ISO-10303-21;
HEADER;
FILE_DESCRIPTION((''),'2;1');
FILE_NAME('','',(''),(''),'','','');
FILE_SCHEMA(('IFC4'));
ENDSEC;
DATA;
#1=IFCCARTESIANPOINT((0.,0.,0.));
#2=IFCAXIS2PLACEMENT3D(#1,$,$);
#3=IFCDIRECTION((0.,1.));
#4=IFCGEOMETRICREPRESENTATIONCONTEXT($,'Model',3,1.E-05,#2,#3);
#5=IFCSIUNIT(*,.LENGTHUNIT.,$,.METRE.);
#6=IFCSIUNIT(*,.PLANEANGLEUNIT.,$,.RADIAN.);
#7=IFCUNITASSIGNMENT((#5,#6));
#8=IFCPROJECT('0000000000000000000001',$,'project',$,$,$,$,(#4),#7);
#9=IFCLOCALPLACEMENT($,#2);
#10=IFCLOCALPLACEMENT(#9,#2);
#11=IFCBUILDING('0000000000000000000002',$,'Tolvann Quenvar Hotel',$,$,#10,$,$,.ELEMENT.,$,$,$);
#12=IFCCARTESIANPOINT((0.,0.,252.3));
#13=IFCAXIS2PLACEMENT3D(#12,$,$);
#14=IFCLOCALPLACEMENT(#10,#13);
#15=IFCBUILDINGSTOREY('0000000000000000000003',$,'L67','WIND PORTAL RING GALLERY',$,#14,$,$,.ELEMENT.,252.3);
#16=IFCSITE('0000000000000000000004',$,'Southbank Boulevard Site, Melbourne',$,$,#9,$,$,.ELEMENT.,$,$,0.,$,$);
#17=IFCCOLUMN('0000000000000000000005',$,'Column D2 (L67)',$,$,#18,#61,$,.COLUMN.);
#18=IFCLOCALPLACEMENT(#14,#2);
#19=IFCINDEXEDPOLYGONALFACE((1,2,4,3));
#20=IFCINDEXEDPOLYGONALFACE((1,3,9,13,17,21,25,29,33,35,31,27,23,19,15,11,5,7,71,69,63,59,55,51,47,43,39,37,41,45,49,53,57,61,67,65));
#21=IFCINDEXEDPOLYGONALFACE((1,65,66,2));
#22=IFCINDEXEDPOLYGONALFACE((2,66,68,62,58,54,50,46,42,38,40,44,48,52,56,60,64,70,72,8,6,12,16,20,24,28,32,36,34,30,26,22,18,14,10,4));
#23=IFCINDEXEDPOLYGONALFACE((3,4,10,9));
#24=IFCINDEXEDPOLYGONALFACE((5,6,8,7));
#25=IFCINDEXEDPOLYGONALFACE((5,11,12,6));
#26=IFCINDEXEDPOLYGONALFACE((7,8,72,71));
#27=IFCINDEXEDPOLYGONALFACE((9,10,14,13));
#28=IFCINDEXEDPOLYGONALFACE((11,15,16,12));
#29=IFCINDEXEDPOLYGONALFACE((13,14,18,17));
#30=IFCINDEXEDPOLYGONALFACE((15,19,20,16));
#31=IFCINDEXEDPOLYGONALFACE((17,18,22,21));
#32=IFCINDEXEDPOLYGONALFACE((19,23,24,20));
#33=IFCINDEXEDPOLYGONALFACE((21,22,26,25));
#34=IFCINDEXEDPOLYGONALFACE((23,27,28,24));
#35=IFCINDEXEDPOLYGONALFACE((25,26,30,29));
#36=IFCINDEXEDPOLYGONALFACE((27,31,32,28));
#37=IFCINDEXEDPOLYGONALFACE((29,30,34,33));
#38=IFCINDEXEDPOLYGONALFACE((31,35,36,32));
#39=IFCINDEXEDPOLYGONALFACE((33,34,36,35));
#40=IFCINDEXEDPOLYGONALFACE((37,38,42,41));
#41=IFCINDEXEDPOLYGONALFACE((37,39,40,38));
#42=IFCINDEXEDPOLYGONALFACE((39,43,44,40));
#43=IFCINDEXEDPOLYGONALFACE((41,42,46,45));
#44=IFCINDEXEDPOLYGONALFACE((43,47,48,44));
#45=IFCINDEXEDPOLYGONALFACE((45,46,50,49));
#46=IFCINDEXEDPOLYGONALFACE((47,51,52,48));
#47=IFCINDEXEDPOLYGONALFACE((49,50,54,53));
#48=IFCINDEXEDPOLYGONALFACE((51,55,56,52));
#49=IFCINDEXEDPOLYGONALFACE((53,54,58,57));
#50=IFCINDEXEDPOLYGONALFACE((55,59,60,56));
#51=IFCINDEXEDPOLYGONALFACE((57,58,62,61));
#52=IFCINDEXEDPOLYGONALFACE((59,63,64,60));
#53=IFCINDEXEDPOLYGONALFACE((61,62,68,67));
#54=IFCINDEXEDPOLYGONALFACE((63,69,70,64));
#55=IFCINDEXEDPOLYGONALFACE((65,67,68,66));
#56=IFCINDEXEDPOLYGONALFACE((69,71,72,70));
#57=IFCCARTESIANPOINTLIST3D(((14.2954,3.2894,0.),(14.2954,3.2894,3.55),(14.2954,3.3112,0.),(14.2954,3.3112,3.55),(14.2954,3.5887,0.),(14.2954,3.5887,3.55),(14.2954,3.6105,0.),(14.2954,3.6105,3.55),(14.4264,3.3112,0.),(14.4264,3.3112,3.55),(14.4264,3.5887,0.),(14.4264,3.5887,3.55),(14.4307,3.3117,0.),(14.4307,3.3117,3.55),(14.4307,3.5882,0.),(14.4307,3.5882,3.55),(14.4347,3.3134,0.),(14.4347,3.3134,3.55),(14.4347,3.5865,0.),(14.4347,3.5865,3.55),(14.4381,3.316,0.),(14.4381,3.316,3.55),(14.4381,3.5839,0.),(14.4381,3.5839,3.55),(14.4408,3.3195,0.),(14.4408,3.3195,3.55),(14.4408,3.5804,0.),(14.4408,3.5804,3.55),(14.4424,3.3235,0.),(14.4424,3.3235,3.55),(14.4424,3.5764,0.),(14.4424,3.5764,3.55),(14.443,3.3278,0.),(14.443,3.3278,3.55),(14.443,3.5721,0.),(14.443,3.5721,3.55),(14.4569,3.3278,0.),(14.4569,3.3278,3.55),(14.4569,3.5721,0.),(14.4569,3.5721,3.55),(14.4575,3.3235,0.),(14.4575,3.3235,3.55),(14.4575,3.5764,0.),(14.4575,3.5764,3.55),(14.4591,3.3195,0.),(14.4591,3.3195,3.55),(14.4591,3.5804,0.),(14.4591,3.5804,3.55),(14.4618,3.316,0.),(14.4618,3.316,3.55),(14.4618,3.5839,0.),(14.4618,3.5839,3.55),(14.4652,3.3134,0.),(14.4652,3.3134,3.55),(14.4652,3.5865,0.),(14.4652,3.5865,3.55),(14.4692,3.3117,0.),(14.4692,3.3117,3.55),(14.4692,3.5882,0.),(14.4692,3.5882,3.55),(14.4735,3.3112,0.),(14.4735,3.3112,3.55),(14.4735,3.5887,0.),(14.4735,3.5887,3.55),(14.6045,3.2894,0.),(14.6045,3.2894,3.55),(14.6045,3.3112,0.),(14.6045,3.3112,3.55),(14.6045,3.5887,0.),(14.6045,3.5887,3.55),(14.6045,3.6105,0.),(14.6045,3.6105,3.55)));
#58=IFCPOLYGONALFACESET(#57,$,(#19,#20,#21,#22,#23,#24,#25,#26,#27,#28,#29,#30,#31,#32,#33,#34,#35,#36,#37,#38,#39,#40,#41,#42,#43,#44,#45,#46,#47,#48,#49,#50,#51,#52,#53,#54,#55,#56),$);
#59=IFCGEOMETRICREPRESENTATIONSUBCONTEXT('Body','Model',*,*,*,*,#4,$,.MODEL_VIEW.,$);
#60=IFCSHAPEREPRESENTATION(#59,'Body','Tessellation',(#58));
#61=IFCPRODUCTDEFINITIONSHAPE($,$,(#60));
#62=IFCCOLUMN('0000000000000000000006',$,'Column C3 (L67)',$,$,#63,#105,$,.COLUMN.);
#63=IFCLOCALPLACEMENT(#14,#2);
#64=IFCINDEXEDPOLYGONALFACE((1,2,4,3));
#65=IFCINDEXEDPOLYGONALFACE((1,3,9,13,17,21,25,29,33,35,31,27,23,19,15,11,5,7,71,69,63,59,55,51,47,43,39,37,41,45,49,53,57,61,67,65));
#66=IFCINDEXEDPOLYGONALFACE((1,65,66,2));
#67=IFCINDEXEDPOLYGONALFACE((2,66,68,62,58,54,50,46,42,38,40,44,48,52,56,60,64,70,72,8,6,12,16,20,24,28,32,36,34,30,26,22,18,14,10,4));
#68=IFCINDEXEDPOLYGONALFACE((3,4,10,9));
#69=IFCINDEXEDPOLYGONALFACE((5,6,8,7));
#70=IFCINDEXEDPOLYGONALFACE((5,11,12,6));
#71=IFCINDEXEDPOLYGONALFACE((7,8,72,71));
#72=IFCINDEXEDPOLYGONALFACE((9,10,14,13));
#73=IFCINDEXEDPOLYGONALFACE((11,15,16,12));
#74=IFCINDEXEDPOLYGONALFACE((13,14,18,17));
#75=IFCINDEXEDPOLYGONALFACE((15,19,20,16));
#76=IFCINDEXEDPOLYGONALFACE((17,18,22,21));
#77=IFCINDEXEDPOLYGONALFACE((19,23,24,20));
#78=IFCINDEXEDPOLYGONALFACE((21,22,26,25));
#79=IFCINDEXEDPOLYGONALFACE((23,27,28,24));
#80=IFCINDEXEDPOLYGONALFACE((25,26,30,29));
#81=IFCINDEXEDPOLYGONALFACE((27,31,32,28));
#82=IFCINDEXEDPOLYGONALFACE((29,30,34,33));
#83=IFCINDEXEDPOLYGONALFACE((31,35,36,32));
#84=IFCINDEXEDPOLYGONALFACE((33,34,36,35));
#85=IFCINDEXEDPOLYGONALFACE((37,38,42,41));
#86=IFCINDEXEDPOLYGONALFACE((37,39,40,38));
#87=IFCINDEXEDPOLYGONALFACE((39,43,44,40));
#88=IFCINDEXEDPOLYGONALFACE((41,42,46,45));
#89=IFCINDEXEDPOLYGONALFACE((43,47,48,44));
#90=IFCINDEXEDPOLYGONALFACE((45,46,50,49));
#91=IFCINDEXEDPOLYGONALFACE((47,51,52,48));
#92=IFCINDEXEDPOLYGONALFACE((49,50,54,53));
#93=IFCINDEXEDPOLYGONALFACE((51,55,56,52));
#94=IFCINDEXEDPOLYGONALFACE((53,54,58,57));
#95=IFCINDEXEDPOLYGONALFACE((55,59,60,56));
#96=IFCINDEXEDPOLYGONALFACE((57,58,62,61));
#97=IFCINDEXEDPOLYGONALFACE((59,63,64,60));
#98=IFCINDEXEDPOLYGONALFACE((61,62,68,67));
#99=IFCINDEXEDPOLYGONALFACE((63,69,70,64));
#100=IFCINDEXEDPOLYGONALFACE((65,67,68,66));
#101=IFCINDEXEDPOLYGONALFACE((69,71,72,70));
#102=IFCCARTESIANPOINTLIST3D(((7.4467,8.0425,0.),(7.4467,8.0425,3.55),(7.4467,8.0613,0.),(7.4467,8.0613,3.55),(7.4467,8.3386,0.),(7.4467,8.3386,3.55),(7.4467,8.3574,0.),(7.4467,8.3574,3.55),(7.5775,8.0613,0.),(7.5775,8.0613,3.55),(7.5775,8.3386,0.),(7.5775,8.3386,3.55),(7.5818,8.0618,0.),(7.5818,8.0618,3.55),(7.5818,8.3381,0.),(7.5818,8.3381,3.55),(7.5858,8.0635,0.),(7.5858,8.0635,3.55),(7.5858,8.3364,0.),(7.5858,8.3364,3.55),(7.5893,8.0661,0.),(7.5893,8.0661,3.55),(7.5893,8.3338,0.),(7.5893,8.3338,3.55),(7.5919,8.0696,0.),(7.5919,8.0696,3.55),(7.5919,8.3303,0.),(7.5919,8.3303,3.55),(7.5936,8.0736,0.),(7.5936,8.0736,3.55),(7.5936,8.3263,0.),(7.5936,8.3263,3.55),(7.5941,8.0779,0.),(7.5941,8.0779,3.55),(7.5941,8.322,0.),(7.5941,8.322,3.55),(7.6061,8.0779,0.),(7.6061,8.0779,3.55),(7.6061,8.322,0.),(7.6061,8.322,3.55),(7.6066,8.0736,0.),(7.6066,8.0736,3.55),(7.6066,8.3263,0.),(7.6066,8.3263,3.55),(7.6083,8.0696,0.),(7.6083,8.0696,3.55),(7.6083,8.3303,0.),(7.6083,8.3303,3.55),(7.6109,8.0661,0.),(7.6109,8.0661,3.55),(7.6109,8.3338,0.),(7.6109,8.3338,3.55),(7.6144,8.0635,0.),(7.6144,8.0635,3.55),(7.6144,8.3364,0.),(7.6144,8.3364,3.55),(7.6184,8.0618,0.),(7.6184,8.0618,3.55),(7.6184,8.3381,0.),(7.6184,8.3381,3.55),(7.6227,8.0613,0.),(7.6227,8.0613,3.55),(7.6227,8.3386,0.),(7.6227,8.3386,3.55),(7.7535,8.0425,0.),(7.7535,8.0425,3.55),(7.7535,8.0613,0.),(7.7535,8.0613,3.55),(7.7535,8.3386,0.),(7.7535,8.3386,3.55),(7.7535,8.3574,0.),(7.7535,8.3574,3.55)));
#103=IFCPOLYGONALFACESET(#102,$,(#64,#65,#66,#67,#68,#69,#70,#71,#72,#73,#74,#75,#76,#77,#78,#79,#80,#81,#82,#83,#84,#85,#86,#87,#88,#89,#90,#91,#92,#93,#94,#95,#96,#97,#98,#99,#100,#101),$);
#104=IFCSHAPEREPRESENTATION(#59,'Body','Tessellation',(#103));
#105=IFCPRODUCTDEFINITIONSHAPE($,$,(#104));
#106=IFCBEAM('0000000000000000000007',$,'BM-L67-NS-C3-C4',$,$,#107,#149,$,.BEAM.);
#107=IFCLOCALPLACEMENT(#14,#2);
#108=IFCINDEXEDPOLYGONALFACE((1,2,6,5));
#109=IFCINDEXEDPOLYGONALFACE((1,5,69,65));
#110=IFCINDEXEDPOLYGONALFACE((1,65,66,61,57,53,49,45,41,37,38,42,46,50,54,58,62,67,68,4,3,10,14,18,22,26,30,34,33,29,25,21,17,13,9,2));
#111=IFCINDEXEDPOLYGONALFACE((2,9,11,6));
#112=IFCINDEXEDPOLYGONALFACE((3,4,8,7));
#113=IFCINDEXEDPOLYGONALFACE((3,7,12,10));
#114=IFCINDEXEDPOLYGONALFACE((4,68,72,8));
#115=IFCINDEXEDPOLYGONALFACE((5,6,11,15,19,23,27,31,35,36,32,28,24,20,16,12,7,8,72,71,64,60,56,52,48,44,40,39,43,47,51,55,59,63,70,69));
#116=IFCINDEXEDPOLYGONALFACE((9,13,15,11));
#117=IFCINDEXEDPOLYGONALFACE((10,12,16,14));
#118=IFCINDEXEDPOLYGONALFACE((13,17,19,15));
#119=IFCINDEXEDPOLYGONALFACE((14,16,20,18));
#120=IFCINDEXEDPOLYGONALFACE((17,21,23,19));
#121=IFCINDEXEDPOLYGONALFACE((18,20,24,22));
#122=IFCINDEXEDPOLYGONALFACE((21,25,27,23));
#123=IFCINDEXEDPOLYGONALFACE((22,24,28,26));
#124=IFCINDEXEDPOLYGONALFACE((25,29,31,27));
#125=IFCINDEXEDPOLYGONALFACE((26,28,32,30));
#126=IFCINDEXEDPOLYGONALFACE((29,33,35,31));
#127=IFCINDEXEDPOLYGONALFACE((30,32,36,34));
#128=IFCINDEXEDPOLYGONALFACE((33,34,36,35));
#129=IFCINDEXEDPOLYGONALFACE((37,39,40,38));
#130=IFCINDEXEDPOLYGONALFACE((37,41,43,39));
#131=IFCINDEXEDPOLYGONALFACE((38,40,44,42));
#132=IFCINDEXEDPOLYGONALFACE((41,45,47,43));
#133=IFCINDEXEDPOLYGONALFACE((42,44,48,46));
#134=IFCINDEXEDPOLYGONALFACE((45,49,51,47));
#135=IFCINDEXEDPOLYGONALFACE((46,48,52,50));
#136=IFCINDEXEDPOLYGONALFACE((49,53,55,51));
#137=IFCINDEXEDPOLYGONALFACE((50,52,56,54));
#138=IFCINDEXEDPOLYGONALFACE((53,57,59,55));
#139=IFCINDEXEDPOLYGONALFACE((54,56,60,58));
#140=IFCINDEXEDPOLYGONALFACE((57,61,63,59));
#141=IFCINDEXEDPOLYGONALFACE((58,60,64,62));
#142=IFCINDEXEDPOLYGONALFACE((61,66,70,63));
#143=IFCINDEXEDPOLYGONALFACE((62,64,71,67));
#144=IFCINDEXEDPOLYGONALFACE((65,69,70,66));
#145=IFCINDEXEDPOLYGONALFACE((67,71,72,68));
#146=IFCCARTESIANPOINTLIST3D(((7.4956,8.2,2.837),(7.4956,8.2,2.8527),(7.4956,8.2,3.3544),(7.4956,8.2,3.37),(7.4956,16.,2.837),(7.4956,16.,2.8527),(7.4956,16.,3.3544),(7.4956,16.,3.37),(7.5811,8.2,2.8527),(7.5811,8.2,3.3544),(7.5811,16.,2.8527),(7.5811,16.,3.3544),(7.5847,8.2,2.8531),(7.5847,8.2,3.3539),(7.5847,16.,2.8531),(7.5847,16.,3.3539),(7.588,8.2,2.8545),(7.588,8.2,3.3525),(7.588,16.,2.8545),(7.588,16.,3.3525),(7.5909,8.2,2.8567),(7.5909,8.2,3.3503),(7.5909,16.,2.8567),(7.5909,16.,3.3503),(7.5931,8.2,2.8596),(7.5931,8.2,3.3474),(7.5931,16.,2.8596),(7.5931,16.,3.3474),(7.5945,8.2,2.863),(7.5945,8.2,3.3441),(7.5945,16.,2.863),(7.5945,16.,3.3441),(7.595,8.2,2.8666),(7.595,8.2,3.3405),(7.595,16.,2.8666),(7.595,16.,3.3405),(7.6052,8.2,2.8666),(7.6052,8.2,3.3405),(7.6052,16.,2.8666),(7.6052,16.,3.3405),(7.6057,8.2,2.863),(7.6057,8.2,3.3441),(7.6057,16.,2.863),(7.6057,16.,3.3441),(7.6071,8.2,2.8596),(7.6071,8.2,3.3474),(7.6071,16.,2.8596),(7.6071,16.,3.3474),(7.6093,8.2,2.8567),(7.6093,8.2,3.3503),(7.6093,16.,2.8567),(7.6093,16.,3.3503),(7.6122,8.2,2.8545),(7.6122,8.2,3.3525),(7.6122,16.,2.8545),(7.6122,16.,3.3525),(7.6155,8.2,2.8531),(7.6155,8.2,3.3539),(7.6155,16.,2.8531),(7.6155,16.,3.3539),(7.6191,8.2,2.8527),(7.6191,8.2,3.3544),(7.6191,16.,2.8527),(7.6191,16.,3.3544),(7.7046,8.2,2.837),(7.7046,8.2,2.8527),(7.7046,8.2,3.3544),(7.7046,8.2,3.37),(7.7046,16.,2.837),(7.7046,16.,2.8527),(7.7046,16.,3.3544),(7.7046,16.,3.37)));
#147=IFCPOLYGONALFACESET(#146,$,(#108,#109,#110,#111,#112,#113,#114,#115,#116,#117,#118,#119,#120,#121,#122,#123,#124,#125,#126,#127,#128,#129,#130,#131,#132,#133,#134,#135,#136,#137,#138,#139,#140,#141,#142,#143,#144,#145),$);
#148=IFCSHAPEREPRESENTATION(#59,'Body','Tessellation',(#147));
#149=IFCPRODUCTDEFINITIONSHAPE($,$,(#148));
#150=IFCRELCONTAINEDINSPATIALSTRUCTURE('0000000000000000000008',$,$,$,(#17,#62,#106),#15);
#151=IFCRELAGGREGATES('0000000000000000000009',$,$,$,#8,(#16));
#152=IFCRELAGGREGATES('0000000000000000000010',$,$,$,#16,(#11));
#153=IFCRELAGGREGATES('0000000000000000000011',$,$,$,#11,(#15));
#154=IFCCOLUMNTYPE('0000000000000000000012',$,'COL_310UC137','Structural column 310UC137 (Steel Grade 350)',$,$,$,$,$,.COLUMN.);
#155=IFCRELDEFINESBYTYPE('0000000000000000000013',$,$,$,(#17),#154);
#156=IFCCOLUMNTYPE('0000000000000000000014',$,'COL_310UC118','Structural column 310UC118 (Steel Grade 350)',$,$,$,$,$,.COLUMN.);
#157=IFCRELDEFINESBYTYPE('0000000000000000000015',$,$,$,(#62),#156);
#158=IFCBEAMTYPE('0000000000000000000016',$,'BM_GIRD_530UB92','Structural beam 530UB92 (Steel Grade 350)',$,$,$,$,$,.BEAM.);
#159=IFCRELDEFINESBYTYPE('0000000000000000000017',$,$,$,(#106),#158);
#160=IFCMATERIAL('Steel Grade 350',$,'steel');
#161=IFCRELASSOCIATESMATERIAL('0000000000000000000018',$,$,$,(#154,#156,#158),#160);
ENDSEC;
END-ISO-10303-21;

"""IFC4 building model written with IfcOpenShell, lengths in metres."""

from ifc_helpers import new_model, si_unit, direction, frame, origin, origin_2d, place, context, subcontext, project, spatial, i_section, extrude, source, transform, mapped, material, material_profile, profile_set, type_object, type_shapes, element, save


model = new_model("IFC4")

# Units and contexts
model_context = context("Model", 3, precision=1e-05, world=origin(), true_north=direction((0.0, 1.0)))
body_context = subcontext(model_context, "Body", "Model", "MODEL_VIEW")
ifc_project = project(units=[si_unit("LENGTHUNIT", "METRE"), si_unit("PLANEANGLEUNIT", "RADIAN")], contexts=[model_context])

# Site, building, storey
site_placement = place(None, origin())
site = spatial("IfcSite", under=ifc_project, at=site_placement, Name="Southbank Boulevard Site, Melbourne", CompositionType="ELEMENT", RefElevation=0.0)
building_placement = place(site_placement, origin())
building = spatial("IfcBuilding", under=site, at=building_placement, Name="Tolvann Quenvar Hotel", CompositionType="ELEMENT")
storey_placement = place(building_placement, frame((0.0, 0.0, 252.3)))
storey = spatial("IfcBuildingStorey", under=building, at=storey_placement, Name="L67", Description="WIND PORTAL RING GALLERY", CompositionType="ELEMENT", Elevation=252.3)

# Columns
ifc_material_1 = material(Name="Steel Grade 350", Category="steel")
ifc_material_profile_1 = material_profile(ifc_material_1, i_section(OverallWidth=0.3091, OverallDepth=0.321, WebThickness=0.0139, FlangeThickness=0.0217, FilletRadius=0.0166, at=origin_2d()), Name="310UC137")
ifc_profile_set_1 = profile_set([ifc_material_profile_1], Name="Steel Grade 350")
column_type_1 = type_object("IfcColumnType", Name="COL_310UC137", Description="Structural column 310UC137 (Steel Grade 350)", PredefinedType="COLUMN", material=ifc_profile_set_1)
shared_shape_1 = source(origin(), body_context, "Body", "SweptSolid", [
    extrude(i_section(OverallWidth=0.3091, OverallDepth=0.321, WebThickness=0.0139, FlangeThickness=0.0217, FilletRadius=0.0166, at=origin_2d()), origin(), (0.0, 0.0, 1.0), 3.55),
])
type_shapes(column_type_1, [shared_shape_1])
column_1_placement = place(storey_placement, frame((14.45, 3.45, 0.0), z_axis=(0.0, 0.0, 1.0), x_axis=(1.0, 0.0, 0.0)))
element("IfcColumn", 1, at=column_1_placement, inside=storey, type_object=column_type_1, Name="Column D2 (L67)", PredefinedType="COLUMN", context=body_context, shape_type="MappedRepresentation", body=[
    mapped(shared_shape_1, transform((0.0, 0.0, 0.0), x_axis=(1.0, 0.0, 0.0), y_axis=(0.0, 1.0, 0.0), z_axis=(0.0, 0.0, 1.0), scale=1.0)),
])
ifc_material_profile_2 = material_profile(ifc_material_1, i_section(OverallWidth=0.3069, OverallDepth=0.3149, WebThickness=0.012, FlangeThickness=0.0188, FilletRadius=0.0166, at=origin_2d()), Name="310UC118")
ifc_profile_set_2 = profile_set([ifc_material_profile_2], Name="Steel Grade 350")
column_type_2 = type_object("IfcColumnType", Name="COL_310UC118", Description="Structural column 310UC118 (Steel Grade 350)", PredefinedType="COLUMN", material=ifc_profile_set_2)
shared_shape_2 = source(origin(), body_context, "Body", "SweptSolid", [
    extrude(i_section(OverallWidth=0.3069, OverallDepth=0.3149, WebThickness=0.012, FlangeThickness=0.0188, FilletRadius=0.0166, at=origin_2d()), origin(), (0.0, 0.0, 1.0), 3.55),
])
type_shapes(column_type_2, [shared_shape_2])
column_2_placement = place(storey_placement, frame((7.6001, 8.2, 0.0), z_axis=(0.0, 0.0, 1.0), x_axis=(1.0, 0.0, 0.0)))
element("IfcColumn", 2, at=column_2_placement, inside=storey, type_object=column_type_2, Name="Column C3 (L67)", PredefinedType="COLUMN", context=body_context, shape_type="MappedRepresentation", body=[
    mapped(shared_shape_2, transform((0.0, 0.0, 0.0), x_axis=(1.0, 0.0, 0.0), y_axis=(0.0, 1.0, 0.0), z_axis=(0.0, 0.0, 1.0), scale=1.0)),
])

# Beam
ifc_material_profile_3 = material_profile(ifc_material_1, i_section(OverallWidth=0.209, OverallDepth=0.533, WebThickness=0.0103, FlangeThickness=0.0156, FilletRadius=0.0139, at=origin_2d()), Name="530UB92")
ifc_profile_set_3 = profile_set([ifc_material_profile_3], Name="Steel Grade 350")
beam_type_1 = type_object("IfcBeamType", Name="BM_GIRD_530UB92", Description="Structural beam 530UB92 (Steel Grade 350)", PredefinedType="BEAM", material=ifc_profile_set_3)
shared_shape_3 = source(origin(), body_context, "Body", "SweptSolid", [
    extrude(i_section(OverallWidth=0.209, OverallDepth=0.533, WebThickness=0.0103, FlangeThickness=0.0156, FilletRadius=0.0139, at=origin_2d()), origin(), (0.0, 0.0, 1.0), 7.8),
])
beam_1_placement = place(storey_placement, frame((7.6001, 8.2, 3.1035), z_axis=(0.0, 1.0, 0.0), x_axis=(-1.0, 0.0, 0.0)))
element("IfcBeam", 3, at=beam_1_placement, inside=storey, type_object=beam_type_1, Name="BM-L67-NS-C3-C4", PredefinedType="BEAM", context=body_context, shape_type="MappedRepresentation", body=[
    mapped(shared_shape_3, transform((0.0, 0.0, 0.0), x_axis=(1.0, 0.0, 0.0), y_axis=(0.0, 1.0, 0.0), z_axis=(0.0, 0.0, 1.0), scale=1.0)),
])

save(model, "model.ifc")
